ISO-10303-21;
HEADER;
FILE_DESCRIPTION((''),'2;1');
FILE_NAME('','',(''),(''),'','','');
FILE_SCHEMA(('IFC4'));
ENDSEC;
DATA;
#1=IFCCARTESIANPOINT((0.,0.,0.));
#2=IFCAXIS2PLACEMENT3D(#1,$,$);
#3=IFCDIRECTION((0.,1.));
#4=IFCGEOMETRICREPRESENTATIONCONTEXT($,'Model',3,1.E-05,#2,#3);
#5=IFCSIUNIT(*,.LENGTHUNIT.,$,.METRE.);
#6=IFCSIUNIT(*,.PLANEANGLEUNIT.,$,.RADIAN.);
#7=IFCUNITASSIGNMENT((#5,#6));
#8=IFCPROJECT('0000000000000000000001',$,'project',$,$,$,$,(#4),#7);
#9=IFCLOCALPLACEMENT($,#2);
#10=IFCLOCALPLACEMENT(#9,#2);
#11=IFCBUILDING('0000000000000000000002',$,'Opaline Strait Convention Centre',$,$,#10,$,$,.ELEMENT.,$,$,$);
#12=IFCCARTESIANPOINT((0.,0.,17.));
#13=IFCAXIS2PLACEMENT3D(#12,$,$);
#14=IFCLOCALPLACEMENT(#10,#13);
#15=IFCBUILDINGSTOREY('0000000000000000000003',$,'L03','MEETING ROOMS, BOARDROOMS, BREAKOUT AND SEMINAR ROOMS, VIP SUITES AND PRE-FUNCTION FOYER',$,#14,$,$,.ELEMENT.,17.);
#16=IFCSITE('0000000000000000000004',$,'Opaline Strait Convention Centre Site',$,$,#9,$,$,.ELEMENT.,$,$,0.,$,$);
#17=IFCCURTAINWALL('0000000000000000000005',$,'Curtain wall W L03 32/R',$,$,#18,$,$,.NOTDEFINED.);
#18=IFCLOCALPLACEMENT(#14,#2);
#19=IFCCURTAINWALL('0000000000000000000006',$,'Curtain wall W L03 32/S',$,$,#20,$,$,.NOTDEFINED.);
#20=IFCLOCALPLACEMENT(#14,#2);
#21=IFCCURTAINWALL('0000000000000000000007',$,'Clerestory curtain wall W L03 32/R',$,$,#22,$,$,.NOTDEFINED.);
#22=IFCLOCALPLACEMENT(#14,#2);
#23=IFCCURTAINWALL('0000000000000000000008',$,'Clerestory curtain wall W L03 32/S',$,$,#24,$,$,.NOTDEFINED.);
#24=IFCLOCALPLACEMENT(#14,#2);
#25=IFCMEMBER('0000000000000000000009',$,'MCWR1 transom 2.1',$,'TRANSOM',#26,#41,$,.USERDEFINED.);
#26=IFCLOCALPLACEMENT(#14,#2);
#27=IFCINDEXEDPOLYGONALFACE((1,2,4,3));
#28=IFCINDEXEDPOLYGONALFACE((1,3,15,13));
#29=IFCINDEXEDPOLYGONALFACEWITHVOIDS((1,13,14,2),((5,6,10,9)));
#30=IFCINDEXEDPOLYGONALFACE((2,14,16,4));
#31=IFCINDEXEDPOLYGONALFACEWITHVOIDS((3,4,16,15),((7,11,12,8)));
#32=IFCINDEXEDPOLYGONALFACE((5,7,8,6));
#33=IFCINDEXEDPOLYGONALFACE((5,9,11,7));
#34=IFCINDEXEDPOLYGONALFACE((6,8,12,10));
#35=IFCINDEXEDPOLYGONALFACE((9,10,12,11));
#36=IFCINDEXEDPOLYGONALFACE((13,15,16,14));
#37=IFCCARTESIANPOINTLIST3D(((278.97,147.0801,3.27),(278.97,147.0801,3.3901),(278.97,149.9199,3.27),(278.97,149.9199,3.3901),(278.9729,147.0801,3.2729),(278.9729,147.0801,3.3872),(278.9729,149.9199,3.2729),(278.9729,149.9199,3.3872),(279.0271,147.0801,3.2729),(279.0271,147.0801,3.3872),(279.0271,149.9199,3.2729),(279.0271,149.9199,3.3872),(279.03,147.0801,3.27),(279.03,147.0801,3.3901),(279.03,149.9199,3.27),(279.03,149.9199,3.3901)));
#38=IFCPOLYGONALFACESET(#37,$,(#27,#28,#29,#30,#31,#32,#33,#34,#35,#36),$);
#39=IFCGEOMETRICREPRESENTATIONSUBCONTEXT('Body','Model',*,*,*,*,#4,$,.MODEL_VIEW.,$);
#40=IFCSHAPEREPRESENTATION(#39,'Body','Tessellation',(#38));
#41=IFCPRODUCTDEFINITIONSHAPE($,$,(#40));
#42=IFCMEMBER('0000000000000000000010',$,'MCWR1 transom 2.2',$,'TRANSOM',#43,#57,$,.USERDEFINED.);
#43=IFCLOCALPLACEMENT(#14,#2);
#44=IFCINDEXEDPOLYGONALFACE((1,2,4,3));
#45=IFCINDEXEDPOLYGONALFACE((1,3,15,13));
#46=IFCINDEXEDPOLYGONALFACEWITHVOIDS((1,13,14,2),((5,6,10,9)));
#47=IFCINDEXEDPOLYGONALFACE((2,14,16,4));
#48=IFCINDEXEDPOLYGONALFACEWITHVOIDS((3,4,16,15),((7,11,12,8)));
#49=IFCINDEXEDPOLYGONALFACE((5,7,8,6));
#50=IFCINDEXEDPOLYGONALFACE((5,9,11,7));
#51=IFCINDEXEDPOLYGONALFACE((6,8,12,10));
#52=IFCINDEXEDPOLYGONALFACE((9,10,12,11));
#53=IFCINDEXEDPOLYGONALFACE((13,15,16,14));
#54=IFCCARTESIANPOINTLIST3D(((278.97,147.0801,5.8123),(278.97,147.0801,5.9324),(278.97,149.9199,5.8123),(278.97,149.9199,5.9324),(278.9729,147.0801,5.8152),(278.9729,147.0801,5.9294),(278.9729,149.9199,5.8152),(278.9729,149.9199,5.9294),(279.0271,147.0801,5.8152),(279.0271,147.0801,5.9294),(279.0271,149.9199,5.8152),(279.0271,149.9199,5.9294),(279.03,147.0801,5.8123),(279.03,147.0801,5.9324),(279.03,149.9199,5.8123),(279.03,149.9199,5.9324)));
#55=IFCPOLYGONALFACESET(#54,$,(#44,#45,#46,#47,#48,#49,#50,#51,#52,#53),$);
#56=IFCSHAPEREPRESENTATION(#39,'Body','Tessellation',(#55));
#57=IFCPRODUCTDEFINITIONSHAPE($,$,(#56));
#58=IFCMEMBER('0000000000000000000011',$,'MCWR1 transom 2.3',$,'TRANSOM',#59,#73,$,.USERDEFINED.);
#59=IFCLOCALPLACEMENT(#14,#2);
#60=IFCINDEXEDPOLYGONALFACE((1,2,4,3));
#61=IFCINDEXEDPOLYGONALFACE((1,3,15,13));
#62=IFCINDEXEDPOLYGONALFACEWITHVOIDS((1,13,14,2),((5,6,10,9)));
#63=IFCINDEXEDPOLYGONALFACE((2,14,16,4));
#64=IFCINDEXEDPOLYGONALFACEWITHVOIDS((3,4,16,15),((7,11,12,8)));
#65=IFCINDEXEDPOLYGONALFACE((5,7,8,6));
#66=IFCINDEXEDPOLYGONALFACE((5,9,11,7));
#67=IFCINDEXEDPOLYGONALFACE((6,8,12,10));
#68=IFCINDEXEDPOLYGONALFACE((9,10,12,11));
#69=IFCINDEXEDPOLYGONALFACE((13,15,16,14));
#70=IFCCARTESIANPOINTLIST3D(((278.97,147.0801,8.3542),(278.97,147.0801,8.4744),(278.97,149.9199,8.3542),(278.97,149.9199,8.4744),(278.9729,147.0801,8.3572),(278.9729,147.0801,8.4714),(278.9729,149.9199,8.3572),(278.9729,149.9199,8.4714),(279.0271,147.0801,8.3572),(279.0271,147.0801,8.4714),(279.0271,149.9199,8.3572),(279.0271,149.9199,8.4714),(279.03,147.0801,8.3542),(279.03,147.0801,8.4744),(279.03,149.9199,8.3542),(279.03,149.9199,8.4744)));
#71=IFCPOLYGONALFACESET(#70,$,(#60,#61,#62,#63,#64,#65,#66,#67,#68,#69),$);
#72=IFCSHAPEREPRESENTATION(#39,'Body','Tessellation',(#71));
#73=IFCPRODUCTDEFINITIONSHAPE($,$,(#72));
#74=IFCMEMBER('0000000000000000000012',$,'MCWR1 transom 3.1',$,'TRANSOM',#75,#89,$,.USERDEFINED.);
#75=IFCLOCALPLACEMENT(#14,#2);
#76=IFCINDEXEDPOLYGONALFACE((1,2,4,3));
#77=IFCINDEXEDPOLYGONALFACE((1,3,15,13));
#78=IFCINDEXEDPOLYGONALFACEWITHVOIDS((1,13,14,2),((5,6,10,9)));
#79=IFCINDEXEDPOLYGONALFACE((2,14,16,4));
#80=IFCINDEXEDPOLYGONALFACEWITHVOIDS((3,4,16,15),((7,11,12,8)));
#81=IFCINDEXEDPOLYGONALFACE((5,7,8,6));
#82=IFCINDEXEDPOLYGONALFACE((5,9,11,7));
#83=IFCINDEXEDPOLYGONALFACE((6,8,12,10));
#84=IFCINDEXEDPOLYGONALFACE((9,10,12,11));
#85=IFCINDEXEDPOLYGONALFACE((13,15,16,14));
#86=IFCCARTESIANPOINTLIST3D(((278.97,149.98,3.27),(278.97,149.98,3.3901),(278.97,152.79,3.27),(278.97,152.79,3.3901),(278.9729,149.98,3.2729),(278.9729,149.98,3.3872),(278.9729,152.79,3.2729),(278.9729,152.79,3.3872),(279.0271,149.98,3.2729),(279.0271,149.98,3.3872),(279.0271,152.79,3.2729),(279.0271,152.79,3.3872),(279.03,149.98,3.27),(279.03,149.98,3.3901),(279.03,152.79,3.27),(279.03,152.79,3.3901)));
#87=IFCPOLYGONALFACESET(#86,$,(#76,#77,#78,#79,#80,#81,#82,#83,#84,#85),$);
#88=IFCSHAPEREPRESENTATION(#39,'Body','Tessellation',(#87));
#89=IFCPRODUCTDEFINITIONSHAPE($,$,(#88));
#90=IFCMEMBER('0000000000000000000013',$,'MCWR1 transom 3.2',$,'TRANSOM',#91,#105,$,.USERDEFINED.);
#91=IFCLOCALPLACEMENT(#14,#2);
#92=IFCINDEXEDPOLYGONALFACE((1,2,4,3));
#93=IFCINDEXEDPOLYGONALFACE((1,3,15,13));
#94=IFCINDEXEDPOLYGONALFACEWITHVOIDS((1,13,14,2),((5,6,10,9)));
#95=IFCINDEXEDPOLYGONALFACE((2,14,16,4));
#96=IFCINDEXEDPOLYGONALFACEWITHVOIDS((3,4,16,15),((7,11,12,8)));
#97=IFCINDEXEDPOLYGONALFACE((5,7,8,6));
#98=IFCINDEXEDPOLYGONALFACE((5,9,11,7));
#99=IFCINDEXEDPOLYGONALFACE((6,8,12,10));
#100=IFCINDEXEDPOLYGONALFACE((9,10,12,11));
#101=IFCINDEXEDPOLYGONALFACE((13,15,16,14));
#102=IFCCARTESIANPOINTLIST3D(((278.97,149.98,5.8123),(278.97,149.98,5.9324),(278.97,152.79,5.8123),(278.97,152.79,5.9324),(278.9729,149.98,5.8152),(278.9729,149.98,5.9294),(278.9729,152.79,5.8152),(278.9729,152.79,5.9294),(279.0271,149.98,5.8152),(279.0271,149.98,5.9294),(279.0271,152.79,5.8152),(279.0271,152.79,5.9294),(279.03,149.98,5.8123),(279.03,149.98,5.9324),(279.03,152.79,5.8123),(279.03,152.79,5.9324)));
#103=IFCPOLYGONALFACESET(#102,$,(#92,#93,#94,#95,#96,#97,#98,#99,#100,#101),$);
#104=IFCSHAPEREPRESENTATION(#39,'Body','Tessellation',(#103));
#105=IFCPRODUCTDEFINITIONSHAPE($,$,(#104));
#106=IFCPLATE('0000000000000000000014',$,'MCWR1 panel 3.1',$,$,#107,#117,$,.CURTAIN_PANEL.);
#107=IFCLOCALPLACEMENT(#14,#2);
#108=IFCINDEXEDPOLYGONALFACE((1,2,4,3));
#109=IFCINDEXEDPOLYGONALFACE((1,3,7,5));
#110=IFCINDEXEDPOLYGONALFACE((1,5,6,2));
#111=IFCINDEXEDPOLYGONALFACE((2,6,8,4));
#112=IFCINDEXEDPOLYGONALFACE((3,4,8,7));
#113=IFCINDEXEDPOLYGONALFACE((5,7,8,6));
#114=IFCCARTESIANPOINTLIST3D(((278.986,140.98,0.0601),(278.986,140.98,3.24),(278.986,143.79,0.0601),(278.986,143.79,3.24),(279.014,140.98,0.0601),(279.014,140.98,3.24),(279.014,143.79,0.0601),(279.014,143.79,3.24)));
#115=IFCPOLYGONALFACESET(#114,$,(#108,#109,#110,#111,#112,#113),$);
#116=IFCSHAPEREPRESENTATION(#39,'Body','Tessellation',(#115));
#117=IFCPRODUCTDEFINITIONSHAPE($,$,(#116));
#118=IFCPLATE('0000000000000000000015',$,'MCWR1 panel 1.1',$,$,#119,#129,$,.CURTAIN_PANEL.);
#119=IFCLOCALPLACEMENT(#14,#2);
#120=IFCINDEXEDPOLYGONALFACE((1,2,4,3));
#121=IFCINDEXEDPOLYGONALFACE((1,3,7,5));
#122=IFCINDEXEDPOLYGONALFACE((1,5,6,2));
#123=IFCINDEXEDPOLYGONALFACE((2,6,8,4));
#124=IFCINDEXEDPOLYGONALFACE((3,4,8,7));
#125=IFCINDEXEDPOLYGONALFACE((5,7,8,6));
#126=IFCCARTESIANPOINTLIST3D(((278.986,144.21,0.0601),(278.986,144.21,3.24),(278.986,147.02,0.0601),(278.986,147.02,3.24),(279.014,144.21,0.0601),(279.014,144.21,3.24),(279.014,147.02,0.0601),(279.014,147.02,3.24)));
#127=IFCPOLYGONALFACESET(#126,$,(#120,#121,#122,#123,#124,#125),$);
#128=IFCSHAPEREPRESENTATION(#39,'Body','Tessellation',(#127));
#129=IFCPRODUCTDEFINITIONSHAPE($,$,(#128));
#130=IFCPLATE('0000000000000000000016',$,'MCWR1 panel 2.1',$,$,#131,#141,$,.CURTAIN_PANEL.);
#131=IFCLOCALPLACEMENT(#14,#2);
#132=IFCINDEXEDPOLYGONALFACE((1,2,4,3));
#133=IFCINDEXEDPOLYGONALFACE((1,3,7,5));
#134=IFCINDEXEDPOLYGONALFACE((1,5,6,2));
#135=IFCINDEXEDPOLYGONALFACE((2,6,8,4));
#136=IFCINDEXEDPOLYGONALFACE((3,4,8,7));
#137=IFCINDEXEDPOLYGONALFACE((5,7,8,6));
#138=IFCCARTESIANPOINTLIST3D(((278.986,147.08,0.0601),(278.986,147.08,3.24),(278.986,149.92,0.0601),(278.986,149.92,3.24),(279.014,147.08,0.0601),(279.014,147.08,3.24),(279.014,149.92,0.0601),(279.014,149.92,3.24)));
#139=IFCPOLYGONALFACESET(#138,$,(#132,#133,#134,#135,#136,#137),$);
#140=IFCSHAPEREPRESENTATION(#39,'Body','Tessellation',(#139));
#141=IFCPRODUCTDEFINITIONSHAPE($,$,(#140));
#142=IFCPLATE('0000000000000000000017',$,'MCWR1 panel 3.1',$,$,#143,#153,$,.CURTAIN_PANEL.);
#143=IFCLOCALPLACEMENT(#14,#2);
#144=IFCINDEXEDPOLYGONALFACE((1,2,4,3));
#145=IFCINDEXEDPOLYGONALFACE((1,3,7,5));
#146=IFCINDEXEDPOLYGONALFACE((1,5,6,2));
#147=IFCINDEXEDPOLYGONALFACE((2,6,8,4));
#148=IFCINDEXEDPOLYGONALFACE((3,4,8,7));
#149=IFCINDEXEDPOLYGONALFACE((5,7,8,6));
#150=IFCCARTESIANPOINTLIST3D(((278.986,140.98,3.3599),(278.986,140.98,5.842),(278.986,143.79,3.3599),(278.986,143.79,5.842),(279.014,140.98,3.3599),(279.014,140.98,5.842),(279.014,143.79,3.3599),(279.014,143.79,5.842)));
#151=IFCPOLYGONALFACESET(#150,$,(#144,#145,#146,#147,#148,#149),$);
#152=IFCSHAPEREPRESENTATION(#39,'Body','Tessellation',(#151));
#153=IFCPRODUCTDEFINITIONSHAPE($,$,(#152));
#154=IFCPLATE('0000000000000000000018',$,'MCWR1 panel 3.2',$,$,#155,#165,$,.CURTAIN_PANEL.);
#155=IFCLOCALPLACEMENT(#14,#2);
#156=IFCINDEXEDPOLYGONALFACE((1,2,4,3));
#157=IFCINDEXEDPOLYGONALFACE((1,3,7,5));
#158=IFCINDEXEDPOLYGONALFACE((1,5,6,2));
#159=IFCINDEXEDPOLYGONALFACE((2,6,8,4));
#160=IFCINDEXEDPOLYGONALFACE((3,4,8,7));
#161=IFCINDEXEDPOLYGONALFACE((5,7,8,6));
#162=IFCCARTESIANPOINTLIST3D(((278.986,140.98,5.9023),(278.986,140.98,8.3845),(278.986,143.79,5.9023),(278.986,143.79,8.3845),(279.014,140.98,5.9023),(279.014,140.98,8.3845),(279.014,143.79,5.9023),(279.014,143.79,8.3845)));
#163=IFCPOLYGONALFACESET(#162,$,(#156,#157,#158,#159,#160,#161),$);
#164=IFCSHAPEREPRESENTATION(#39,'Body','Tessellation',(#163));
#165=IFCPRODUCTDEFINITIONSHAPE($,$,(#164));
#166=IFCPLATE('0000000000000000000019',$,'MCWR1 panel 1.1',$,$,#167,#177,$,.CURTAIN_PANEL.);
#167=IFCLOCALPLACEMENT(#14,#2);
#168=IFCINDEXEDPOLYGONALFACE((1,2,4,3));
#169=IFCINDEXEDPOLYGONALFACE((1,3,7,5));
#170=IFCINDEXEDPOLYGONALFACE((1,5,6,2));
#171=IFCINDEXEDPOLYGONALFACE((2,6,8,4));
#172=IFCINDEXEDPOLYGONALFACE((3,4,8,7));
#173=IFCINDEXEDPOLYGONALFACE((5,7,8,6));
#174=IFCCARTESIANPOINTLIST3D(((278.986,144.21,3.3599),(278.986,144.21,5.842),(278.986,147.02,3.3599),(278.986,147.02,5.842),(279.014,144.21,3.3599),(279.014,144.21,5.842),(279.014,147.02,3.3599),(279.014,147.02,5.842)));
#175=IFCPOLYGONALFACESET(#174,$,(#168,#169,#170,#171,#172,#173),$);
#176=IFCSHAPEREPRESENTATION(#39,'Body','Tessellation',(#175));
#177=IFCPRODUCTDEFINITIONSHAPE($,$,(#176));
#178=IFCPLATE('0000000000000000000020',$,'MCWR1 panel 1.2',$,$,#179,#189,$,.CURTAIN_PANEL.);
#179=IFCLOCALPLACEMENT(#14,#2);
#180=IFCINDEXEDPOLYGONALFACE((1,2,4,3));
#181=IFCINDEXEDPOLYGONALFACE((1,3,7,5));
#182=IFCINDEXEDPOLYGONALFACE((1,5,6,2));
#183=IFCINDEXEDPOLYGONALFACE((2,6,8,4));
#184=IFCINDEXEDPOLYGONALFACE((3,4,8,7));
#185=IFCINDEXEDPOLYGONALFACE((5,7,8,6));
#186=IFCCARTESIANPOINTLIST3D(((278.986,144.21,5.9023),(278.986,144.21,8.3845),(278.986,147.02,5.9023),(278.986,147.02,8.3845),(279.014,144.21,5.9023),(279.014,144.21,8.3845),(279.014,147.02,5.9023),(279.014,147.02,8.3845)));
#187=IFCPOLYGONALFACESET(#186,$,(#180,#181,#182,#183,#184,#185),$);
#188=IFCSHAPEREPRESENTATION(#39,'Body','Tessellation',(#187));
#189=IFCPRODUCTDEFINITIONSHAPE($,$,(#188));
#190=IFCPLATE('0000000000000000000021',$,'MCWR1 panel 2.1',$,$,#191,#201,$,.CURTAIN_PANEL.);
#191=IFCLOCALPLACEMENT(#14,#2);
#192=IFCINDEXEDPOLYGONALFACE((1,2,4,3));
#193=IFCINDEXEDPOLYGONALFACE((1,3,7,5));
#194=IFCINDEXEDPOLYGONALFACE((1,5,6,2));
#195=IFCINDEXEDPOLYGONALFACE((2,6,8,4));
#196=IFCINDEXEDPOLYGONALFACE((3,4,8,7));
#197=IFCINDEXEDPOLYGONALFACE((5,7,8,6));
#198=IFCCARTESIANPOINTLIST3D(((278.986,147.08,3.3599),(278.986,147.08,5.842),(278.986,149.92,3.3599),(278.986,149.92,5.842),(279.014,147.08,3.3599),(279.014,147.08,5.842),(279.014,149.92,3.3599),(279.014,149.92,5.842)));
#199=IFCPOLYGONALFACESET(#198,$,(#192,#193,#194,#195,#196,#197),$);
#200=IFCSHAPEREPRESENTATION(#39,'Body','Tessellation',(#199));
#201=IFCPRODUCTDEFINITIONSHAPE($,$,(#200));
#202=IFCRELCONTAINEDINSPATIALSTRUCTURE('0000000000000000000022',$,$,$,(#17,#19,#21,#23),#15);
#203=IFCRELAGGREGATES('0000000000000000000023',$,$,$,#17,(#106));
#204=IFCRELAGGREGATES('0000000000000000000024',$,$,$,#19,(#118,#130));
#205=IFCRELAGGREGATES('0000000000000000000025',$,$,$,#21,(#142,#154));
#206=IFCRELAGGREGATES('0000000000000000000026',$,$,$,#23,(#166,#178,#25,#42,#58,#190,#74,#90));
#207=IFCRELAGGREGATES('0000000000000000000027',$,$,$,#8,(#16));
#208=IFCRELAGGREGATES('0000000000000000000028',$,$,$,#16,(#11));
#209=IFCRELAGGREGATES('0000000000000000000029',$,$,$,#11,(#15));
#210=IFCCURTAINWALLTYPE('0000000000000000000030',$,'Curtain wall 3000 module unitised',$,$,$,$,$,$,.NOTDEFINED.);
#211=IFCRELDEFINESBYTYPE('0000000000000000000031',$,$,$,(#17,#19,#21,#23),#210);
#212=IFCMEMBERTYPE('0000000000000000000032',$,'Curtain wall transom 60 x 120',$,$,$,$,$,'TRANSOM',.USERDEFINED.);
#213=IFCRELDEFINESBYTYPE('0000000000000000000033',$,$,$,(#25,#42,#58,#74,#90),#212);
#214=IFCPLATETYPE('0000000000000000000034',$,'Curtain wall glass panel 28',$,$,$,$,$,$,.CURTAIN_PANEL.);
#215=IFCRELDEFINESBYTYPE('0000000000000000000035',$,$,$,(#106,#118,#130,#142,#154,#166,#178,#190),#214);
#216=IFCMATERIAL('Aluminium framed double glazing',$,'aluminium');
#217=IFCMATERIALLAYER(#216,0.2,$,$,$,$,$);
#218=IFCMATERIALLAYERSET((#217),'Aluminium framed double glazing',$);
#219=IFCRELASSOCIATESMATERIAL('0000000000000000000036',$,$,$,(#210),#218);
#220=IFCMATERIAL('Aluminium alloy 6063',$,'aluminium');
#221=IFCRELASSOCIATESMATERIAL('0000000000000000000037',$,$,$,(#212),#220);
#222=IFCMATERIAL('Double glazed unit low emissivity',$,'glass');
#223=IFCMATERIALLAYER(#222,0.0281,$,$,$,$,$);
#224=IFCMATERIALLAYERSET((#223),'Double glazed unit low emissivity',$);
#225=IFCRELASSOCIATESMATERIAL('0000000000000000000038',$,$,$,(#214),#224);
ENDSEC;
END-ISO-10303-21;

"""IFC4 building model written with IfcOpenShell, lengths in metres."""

from ifc_helpers import new_model, si_unit, direction, frame, origin, origin_2d, place, context, subcontext, project, spatial, rectangle, hollow_rectangle, extrude, material, layer, layer_set, material_profile, profile_set, type_object, element, aggregate, save


model = new_model("IFC4")

# Units and contexts
model_context = context("Model", 3, precision=1e-05, world=origin(), true_north=direction((0.0, 1.0)))
body_context = subcontext(model_context, "Body", "Model", "MODEL_VIEW")
ifc_project = project(units=[si_unit("LENGTHUNIT", "METRE"), si_unit("PLANEANGLEUNIT", "RADIAN")], contexts=[model_context])

# Site, building, storey
site_placement = place(None, origin())
site = spatial("IfcSite", under=ifc_project, at=site_placement, Name="Opaline Strait Convention Centre Site", CompositionType="ELEMENT", RefElevation=0.0)
building_placement = place(site_placement, origin())
building = spatial("IfcBuilding", under=site, at=building_placement, Name="Opaline Strait Convention Centre", CompositionType="ELEMENT")
storey_placement = place(building_placement, frame((0.0, 0.0, 17.0)))
storey = spatial("IfcBuildingStorey", under=building, at=storey_placement, Name="L03", Description="MEETING ROOMS, BOARDROOMS, BREAKOUT AND SEMINAR ROOMS, VIP SUITES AND PRE-FUNCTION FOYER", CompositionType="ELEMENT", Elevation=17.0)

# Curtain wall
ifc_material_1 = material(Name="Aluminium framed double glazing", Category="aluminium")
ifc_layer_1 = layer(ifc_material_1, 0.2)
ifc_layer_set_1 = layer_set([ifc_layer_1], Name="Aluminium framed double glazing")
curtain_wall_type = type_object("IfcCurtainWallType", Name="Curtain wall 3000 module unitised", PredefinedType="NOTDEFINED", material=ifc_layer_set_1)
curtain_wall_1_placement = place(storey_placement, origin())
curtain_wall_1 = element("IfcCurtainWall", 1, at=curtain_wall_1_placement, inside=storey, type_object=curtain_wall_type, Name="Curtain wall W L03 32/R", PredefinedType="NOTDEFINED")
ifc_material_2 = material(Name="Aluminium alloy 6063", Category="aluminium")

# Curtain wall
curtain_wall_2_placement = place(storey_placement, origin())
curtain_wall_2 = element("IfcCurtainWall", 2, at=curtain_wall_2_placement, inside=storey, type_object=curtain_wall_type, Name="Curtain wall W L03 32/S", PredefinedType="NOTDEFINED")

# Curtain wall
curtain_wall_3_placement = place(storey_placement, origin())
curtain_wall_3 = element("IfcCurtainWall", 3, at=curtain_wall_3_placement, inside=storey, type_object=curtain_wall_type, Name="Clerestory curtain wall W L03 32/R", PredefinedType="NOTDEFINED")

# Curtain wall
curtain_wall_4_placement = place(storey_placement, origin())
curtain_wall_4 = element("IfcCurtainWall", 4, at=curtain_wall_4_placement, inside=storey, type_object=curtain_wall_type, Name="Clerestory curtain wall W L03 32/S", PredefinedType="NOTDEFINED")

# Members
ifc_material_profile_1 = material_profile(ifc_material_2, hollow_rectangle(XDim=0.0601, YDim=0.1201, WallThickness=0.0029, at=origin_2d()), Name="TRANSOM 60x120x3")
ifc_profile_set_1 = profile_set([ifc_material_profile_1], Name="Aluminium alloy 6063")
member_type_1 = type_object("IfcMemberType", Name="Curtain wall transom 60 x 120", ElementType="TRANSOM", PredefinedType="USERDEFINED", material=ifc_profile_set_1)
member_1_placement = place(storey_placement, frame((279.0, 147.0801, 3.3301), z_axis=(0.0, 1.0, 0.0), x_axis=(-1.0, 0.0, 0.0)))
member_1 = element("IfcMember", 5, at=member_1_placement, type_object=member_type_1, Name="MCWR1 transom 2.1", ObjectType="TRANSOM", PredefinedType="USERDEFINED", context=body_context, shape_type="SweptSolid", body=[
    extrude(hollow_rectangle(XDim=0.0601, YDim=0.1201, WallThickness=0.0029, at=origin_2d()), origin(), (0.0, 0.0, 1.0), 2.8398),
])
member_2_placement = place(storey_placement, frame((279.0, 147.0801, 5.8723), z_axis=(0.0, 1.0, 0.0), x_axis=(-1.0, 0.0, 0.0)))
member_2 = element("IfcMember", 6, at=member_2_placement, type_object=member_type_1, Name="MCWR1 transom 2.2", ObjectType="TRANSOM", PredefinedType="USERDEFINED", context=body_context, shape_type="SweptSolid", body=[
    extrude(hollow_rectangle(XDim=0.0601, YDim=0.1201, WallThickness=0.0029, at=origin_2d()), origin(), (0.0, 0.0, 1.0), 2.8398),
])
member_3_placement = place(storey_placement, frame((279.0, 147.0801, 8.4143), z_axis=(0.0, 1.0, 0.0), x_axis=(-1.0, 0.0, 0.0)))
member_3 = element("IfcMember", 7, at=member_3_placement, type_object=member_type_1, Name="MCWR1 transom 2.3", ObjectType="TRANSOM", PredefinedType="USERDEFINED", context=body_context, shape_type="SweptSolid", body=[
    extrude(hollow_rectangle(XDim=0.0601, YDim=0.1201, WallThickness=0.0029, at=origin_2d()), origin(), (0.0, 0.0, 1.0), 2.8398),
])
member_4_placement = place(storey_placement, frame((279.0, 149.98, 3.3301), z_axis=(0.0, 1.0, 0.0), x_axis=(-1.0, 0.0, 0.0)))
member_4 = element("IfcMember", 8, at=member_4_placement, type_object=member_type_1, Name="MCWR1 transom 3.1", ObjectType="TRANSOM", PredefinedType="USERDEFINED", context=body_context, shape_type="SweptSolid", body=[
    extrude(hollow_rectangle(XDim=0.0601, YDim=0.1201, WallThickness=0.0029, at=origin_2d()), origin(), (0.0, 0.0, 1.0), 2.8101),
])
member_5_placement = place(storey_placement, frame((279.0, 149.98, 5.8723), z_axis=(0.0, 1.0, 0.0), x_axis=(-1.0, 0.0, 0.0)))
member_5 = element("IfcMember", 9, at=member_5_placement, type_object=member_type_1, Name="MCWR1 transom 3.2", ObjectType="TRANSOM", PredefinedType="USERDEFINED", context=body_context, shape_type="SweptSolid", body=[
    extrude(hollow_rectangle(XDim=0.0601, YDim=0.1201, WallThickness=0.0029, at=origin_2d()), origin(), (0.0, 0.0, 1.0), 2.8101),
])

# Plates
ifc_material_3 = material(Name="Double glazed unit low emissivity", Category="glass")
ifc_layer_2 = layer(ifc_material_3, 0.0281)
ifc_layer_set_2 = layer_set([ifc_layer_2], Name="Double glazed unit low emissivity")
plate_type = type_object("IfcPlateType", Name="Curtain wall glass panel 28", PredefinedType="CURTAIN_PANEL", material=ifc_layer_set_2)
plate_1_placement = place(storey_placement, frame((279.0, 142.385, 0.0601), z_axis=(0.0, 0.0, 1.0), x_axis=(0.0, 1.0, 0.0)))
plate_1 = element("IfcPlate", 10, at=plate_1_placement, type_object=plate_type, Name="MCWR1 panel 3.1", PredefinedType="CURTAIN_PANEL", context=body_context, shape_type="SweptSolid", body=[
    extrude(rectangle(XDim=2.8101, YDim=0.0281, at=origin_2d()), origin(), (0.0, 0.0, 1.0), 3.1799),
])
aggregate(curtain_wall_1, [plate_1])
plate_2_placement = place(storey_placement, frame((279.0, 145.615, 0.0601), z_axis=(0.0, 0.0, 1.0), x_axis=(0.0, 1.0, 0.0)))
plate_2 = element("IfcPlate", 11, at=plate_2_placement, type_object=plate_type, Name="MCWR1 panel 1.1", PredefinedType="CURTAIN_PANEL", context=body_context, shape_type="SweptSolid", body=[
    extrude(rectangle(XDim=2.8101, YDim=0.0281, at=origin_2d()), origin(), (0.0, 0.0, 1.0), 3.1799),
])
plate_3_placement = place(storey_placement, frame((279.0, 148.5, 0.0601), z_axis=(0.0, 0.0, 1.0), x_axis=(0.0, 1.0, 0.0)))
plate_3 = element("IfcPlate", 12, at=plate_3_placement, type_object=plate_type, Name="MCWR1 panel 2.1", PredefinedType="CURTAIN_PANEL", context=body_context, shape_type="SweptSolid", body=[
    extrude(rectangle(XDim=2.8401, YDim=0.0281, at=origin_2d()), origin(), (0.0, 0.0, 1.0), 3.1799),
])
aggregate(curtain_wall_2, [plate_2, plate_3])
plate_4_placement = place(storey_placement, frame((279.0, 142.385, 3.3599), z_axis=(0.0, 0.0, 1.0), x_axis=(0.0, 1.0, 0.0)))
plate_4 = element("IfcPlate", 13, at=plate_4_placement, type_object=plate_type, Name="MCWR1 panel 3.1", PredefinedType="CURTAIN_PANEL", context=body_context, shape_type="SweptSolid", body=[
    extrude(rectangle(XDim=2.8101, YDim=0.0281, at=origin_2d()), origin(), (0.0, 0.0, 1.0), 2.4822),
])
plate_5_placement = place(storey_placement, frame((279.0, 142.385, 5.9023), z_axis=(0.0, 0.0, 1.0), x_axis=(0.0, 1.0, 0.0)))
plate_5 = element("IfcPlate", 14, at=plate_5_placement, type_object=plate_type, Name="MCWR1 panel 3.2", PredefinedType="CURTAIN_PANEL", context=body_context, shape_type="SweptSolid", body=[
    extrude(rectangle(XDim=2.8101, YDim=0.0281, at=origin_2d()), origin(), (0.0, 0.0, 1.0), 2.4822),
])
aggregate(curtain_wall_3, [plate_4, plate_5])
plate_6_placement = place(storey_placement, frame((279.0, 145.615, 3.3599), z_axis=(0.0, 0.0, 1.0), x_axis=(0.0, 1.0, 0.0)))
plate_6 = element("IfcPlate", 15, at=plate_6_placement, type_object=plate_type, Name="MCWR1 panel 1.1", PredefinedType="CURTAIN_PANEL", context=body_context, shape_type="SweptSolid", body=[
    extrude(rectangle(XDim=2.8101, YDim=0.0281, at=origin_2d()), origin(), (0.0, 0.0, 1.0), 2.4822),
])
plate_7_placement = place(storey_placement, frame((279.0, 145.615, 5.9023), z_axis=(0.0, 0.0, 1.0), x_axis=(0.0, 1.0, 0.0)))
plate_7 = element("IfcPlate", 16, at=plate_7_placement, type_object=plate_type, Name="MCWR1 panel 1.2", PredefinedType="CURTAIN_PANEL", context=body_context, shape_type="SweptSolid", body=[
    extrude(rectangle(XDim=2.8101, YDim=0.0281, at=origin_2d()), origin(), (0.0, 0.0, 1.0), 2.4822),
])
plate_8_placement = place(storey_placement, frame((279.0, 148.5, 3.3599), z_axis=(0.0, 0.0, 1.0), x_axis=(0.0, 1.0, 0.0)))
plate_8 = element("IfcPlate", 17, at=plate_8_placement, type_object=plate_type, Name="MCWR1 panel 2.1", PredefinedType="CURTAIN_PANEL", context=body_context, shape_type="SweptSolid", body=[
    extrude(rectangle(XDim=2.8401, YDim=0.0281, at=origin_2d()), origin(), (0.0, 0.0, 1.0), 2.4822),
])
aggregate(curtain_wall_4, [plate_6, plate_7, member_1, member_2, member_3, plate_8, member_4, member_5])

save(model, "model.ifc")
